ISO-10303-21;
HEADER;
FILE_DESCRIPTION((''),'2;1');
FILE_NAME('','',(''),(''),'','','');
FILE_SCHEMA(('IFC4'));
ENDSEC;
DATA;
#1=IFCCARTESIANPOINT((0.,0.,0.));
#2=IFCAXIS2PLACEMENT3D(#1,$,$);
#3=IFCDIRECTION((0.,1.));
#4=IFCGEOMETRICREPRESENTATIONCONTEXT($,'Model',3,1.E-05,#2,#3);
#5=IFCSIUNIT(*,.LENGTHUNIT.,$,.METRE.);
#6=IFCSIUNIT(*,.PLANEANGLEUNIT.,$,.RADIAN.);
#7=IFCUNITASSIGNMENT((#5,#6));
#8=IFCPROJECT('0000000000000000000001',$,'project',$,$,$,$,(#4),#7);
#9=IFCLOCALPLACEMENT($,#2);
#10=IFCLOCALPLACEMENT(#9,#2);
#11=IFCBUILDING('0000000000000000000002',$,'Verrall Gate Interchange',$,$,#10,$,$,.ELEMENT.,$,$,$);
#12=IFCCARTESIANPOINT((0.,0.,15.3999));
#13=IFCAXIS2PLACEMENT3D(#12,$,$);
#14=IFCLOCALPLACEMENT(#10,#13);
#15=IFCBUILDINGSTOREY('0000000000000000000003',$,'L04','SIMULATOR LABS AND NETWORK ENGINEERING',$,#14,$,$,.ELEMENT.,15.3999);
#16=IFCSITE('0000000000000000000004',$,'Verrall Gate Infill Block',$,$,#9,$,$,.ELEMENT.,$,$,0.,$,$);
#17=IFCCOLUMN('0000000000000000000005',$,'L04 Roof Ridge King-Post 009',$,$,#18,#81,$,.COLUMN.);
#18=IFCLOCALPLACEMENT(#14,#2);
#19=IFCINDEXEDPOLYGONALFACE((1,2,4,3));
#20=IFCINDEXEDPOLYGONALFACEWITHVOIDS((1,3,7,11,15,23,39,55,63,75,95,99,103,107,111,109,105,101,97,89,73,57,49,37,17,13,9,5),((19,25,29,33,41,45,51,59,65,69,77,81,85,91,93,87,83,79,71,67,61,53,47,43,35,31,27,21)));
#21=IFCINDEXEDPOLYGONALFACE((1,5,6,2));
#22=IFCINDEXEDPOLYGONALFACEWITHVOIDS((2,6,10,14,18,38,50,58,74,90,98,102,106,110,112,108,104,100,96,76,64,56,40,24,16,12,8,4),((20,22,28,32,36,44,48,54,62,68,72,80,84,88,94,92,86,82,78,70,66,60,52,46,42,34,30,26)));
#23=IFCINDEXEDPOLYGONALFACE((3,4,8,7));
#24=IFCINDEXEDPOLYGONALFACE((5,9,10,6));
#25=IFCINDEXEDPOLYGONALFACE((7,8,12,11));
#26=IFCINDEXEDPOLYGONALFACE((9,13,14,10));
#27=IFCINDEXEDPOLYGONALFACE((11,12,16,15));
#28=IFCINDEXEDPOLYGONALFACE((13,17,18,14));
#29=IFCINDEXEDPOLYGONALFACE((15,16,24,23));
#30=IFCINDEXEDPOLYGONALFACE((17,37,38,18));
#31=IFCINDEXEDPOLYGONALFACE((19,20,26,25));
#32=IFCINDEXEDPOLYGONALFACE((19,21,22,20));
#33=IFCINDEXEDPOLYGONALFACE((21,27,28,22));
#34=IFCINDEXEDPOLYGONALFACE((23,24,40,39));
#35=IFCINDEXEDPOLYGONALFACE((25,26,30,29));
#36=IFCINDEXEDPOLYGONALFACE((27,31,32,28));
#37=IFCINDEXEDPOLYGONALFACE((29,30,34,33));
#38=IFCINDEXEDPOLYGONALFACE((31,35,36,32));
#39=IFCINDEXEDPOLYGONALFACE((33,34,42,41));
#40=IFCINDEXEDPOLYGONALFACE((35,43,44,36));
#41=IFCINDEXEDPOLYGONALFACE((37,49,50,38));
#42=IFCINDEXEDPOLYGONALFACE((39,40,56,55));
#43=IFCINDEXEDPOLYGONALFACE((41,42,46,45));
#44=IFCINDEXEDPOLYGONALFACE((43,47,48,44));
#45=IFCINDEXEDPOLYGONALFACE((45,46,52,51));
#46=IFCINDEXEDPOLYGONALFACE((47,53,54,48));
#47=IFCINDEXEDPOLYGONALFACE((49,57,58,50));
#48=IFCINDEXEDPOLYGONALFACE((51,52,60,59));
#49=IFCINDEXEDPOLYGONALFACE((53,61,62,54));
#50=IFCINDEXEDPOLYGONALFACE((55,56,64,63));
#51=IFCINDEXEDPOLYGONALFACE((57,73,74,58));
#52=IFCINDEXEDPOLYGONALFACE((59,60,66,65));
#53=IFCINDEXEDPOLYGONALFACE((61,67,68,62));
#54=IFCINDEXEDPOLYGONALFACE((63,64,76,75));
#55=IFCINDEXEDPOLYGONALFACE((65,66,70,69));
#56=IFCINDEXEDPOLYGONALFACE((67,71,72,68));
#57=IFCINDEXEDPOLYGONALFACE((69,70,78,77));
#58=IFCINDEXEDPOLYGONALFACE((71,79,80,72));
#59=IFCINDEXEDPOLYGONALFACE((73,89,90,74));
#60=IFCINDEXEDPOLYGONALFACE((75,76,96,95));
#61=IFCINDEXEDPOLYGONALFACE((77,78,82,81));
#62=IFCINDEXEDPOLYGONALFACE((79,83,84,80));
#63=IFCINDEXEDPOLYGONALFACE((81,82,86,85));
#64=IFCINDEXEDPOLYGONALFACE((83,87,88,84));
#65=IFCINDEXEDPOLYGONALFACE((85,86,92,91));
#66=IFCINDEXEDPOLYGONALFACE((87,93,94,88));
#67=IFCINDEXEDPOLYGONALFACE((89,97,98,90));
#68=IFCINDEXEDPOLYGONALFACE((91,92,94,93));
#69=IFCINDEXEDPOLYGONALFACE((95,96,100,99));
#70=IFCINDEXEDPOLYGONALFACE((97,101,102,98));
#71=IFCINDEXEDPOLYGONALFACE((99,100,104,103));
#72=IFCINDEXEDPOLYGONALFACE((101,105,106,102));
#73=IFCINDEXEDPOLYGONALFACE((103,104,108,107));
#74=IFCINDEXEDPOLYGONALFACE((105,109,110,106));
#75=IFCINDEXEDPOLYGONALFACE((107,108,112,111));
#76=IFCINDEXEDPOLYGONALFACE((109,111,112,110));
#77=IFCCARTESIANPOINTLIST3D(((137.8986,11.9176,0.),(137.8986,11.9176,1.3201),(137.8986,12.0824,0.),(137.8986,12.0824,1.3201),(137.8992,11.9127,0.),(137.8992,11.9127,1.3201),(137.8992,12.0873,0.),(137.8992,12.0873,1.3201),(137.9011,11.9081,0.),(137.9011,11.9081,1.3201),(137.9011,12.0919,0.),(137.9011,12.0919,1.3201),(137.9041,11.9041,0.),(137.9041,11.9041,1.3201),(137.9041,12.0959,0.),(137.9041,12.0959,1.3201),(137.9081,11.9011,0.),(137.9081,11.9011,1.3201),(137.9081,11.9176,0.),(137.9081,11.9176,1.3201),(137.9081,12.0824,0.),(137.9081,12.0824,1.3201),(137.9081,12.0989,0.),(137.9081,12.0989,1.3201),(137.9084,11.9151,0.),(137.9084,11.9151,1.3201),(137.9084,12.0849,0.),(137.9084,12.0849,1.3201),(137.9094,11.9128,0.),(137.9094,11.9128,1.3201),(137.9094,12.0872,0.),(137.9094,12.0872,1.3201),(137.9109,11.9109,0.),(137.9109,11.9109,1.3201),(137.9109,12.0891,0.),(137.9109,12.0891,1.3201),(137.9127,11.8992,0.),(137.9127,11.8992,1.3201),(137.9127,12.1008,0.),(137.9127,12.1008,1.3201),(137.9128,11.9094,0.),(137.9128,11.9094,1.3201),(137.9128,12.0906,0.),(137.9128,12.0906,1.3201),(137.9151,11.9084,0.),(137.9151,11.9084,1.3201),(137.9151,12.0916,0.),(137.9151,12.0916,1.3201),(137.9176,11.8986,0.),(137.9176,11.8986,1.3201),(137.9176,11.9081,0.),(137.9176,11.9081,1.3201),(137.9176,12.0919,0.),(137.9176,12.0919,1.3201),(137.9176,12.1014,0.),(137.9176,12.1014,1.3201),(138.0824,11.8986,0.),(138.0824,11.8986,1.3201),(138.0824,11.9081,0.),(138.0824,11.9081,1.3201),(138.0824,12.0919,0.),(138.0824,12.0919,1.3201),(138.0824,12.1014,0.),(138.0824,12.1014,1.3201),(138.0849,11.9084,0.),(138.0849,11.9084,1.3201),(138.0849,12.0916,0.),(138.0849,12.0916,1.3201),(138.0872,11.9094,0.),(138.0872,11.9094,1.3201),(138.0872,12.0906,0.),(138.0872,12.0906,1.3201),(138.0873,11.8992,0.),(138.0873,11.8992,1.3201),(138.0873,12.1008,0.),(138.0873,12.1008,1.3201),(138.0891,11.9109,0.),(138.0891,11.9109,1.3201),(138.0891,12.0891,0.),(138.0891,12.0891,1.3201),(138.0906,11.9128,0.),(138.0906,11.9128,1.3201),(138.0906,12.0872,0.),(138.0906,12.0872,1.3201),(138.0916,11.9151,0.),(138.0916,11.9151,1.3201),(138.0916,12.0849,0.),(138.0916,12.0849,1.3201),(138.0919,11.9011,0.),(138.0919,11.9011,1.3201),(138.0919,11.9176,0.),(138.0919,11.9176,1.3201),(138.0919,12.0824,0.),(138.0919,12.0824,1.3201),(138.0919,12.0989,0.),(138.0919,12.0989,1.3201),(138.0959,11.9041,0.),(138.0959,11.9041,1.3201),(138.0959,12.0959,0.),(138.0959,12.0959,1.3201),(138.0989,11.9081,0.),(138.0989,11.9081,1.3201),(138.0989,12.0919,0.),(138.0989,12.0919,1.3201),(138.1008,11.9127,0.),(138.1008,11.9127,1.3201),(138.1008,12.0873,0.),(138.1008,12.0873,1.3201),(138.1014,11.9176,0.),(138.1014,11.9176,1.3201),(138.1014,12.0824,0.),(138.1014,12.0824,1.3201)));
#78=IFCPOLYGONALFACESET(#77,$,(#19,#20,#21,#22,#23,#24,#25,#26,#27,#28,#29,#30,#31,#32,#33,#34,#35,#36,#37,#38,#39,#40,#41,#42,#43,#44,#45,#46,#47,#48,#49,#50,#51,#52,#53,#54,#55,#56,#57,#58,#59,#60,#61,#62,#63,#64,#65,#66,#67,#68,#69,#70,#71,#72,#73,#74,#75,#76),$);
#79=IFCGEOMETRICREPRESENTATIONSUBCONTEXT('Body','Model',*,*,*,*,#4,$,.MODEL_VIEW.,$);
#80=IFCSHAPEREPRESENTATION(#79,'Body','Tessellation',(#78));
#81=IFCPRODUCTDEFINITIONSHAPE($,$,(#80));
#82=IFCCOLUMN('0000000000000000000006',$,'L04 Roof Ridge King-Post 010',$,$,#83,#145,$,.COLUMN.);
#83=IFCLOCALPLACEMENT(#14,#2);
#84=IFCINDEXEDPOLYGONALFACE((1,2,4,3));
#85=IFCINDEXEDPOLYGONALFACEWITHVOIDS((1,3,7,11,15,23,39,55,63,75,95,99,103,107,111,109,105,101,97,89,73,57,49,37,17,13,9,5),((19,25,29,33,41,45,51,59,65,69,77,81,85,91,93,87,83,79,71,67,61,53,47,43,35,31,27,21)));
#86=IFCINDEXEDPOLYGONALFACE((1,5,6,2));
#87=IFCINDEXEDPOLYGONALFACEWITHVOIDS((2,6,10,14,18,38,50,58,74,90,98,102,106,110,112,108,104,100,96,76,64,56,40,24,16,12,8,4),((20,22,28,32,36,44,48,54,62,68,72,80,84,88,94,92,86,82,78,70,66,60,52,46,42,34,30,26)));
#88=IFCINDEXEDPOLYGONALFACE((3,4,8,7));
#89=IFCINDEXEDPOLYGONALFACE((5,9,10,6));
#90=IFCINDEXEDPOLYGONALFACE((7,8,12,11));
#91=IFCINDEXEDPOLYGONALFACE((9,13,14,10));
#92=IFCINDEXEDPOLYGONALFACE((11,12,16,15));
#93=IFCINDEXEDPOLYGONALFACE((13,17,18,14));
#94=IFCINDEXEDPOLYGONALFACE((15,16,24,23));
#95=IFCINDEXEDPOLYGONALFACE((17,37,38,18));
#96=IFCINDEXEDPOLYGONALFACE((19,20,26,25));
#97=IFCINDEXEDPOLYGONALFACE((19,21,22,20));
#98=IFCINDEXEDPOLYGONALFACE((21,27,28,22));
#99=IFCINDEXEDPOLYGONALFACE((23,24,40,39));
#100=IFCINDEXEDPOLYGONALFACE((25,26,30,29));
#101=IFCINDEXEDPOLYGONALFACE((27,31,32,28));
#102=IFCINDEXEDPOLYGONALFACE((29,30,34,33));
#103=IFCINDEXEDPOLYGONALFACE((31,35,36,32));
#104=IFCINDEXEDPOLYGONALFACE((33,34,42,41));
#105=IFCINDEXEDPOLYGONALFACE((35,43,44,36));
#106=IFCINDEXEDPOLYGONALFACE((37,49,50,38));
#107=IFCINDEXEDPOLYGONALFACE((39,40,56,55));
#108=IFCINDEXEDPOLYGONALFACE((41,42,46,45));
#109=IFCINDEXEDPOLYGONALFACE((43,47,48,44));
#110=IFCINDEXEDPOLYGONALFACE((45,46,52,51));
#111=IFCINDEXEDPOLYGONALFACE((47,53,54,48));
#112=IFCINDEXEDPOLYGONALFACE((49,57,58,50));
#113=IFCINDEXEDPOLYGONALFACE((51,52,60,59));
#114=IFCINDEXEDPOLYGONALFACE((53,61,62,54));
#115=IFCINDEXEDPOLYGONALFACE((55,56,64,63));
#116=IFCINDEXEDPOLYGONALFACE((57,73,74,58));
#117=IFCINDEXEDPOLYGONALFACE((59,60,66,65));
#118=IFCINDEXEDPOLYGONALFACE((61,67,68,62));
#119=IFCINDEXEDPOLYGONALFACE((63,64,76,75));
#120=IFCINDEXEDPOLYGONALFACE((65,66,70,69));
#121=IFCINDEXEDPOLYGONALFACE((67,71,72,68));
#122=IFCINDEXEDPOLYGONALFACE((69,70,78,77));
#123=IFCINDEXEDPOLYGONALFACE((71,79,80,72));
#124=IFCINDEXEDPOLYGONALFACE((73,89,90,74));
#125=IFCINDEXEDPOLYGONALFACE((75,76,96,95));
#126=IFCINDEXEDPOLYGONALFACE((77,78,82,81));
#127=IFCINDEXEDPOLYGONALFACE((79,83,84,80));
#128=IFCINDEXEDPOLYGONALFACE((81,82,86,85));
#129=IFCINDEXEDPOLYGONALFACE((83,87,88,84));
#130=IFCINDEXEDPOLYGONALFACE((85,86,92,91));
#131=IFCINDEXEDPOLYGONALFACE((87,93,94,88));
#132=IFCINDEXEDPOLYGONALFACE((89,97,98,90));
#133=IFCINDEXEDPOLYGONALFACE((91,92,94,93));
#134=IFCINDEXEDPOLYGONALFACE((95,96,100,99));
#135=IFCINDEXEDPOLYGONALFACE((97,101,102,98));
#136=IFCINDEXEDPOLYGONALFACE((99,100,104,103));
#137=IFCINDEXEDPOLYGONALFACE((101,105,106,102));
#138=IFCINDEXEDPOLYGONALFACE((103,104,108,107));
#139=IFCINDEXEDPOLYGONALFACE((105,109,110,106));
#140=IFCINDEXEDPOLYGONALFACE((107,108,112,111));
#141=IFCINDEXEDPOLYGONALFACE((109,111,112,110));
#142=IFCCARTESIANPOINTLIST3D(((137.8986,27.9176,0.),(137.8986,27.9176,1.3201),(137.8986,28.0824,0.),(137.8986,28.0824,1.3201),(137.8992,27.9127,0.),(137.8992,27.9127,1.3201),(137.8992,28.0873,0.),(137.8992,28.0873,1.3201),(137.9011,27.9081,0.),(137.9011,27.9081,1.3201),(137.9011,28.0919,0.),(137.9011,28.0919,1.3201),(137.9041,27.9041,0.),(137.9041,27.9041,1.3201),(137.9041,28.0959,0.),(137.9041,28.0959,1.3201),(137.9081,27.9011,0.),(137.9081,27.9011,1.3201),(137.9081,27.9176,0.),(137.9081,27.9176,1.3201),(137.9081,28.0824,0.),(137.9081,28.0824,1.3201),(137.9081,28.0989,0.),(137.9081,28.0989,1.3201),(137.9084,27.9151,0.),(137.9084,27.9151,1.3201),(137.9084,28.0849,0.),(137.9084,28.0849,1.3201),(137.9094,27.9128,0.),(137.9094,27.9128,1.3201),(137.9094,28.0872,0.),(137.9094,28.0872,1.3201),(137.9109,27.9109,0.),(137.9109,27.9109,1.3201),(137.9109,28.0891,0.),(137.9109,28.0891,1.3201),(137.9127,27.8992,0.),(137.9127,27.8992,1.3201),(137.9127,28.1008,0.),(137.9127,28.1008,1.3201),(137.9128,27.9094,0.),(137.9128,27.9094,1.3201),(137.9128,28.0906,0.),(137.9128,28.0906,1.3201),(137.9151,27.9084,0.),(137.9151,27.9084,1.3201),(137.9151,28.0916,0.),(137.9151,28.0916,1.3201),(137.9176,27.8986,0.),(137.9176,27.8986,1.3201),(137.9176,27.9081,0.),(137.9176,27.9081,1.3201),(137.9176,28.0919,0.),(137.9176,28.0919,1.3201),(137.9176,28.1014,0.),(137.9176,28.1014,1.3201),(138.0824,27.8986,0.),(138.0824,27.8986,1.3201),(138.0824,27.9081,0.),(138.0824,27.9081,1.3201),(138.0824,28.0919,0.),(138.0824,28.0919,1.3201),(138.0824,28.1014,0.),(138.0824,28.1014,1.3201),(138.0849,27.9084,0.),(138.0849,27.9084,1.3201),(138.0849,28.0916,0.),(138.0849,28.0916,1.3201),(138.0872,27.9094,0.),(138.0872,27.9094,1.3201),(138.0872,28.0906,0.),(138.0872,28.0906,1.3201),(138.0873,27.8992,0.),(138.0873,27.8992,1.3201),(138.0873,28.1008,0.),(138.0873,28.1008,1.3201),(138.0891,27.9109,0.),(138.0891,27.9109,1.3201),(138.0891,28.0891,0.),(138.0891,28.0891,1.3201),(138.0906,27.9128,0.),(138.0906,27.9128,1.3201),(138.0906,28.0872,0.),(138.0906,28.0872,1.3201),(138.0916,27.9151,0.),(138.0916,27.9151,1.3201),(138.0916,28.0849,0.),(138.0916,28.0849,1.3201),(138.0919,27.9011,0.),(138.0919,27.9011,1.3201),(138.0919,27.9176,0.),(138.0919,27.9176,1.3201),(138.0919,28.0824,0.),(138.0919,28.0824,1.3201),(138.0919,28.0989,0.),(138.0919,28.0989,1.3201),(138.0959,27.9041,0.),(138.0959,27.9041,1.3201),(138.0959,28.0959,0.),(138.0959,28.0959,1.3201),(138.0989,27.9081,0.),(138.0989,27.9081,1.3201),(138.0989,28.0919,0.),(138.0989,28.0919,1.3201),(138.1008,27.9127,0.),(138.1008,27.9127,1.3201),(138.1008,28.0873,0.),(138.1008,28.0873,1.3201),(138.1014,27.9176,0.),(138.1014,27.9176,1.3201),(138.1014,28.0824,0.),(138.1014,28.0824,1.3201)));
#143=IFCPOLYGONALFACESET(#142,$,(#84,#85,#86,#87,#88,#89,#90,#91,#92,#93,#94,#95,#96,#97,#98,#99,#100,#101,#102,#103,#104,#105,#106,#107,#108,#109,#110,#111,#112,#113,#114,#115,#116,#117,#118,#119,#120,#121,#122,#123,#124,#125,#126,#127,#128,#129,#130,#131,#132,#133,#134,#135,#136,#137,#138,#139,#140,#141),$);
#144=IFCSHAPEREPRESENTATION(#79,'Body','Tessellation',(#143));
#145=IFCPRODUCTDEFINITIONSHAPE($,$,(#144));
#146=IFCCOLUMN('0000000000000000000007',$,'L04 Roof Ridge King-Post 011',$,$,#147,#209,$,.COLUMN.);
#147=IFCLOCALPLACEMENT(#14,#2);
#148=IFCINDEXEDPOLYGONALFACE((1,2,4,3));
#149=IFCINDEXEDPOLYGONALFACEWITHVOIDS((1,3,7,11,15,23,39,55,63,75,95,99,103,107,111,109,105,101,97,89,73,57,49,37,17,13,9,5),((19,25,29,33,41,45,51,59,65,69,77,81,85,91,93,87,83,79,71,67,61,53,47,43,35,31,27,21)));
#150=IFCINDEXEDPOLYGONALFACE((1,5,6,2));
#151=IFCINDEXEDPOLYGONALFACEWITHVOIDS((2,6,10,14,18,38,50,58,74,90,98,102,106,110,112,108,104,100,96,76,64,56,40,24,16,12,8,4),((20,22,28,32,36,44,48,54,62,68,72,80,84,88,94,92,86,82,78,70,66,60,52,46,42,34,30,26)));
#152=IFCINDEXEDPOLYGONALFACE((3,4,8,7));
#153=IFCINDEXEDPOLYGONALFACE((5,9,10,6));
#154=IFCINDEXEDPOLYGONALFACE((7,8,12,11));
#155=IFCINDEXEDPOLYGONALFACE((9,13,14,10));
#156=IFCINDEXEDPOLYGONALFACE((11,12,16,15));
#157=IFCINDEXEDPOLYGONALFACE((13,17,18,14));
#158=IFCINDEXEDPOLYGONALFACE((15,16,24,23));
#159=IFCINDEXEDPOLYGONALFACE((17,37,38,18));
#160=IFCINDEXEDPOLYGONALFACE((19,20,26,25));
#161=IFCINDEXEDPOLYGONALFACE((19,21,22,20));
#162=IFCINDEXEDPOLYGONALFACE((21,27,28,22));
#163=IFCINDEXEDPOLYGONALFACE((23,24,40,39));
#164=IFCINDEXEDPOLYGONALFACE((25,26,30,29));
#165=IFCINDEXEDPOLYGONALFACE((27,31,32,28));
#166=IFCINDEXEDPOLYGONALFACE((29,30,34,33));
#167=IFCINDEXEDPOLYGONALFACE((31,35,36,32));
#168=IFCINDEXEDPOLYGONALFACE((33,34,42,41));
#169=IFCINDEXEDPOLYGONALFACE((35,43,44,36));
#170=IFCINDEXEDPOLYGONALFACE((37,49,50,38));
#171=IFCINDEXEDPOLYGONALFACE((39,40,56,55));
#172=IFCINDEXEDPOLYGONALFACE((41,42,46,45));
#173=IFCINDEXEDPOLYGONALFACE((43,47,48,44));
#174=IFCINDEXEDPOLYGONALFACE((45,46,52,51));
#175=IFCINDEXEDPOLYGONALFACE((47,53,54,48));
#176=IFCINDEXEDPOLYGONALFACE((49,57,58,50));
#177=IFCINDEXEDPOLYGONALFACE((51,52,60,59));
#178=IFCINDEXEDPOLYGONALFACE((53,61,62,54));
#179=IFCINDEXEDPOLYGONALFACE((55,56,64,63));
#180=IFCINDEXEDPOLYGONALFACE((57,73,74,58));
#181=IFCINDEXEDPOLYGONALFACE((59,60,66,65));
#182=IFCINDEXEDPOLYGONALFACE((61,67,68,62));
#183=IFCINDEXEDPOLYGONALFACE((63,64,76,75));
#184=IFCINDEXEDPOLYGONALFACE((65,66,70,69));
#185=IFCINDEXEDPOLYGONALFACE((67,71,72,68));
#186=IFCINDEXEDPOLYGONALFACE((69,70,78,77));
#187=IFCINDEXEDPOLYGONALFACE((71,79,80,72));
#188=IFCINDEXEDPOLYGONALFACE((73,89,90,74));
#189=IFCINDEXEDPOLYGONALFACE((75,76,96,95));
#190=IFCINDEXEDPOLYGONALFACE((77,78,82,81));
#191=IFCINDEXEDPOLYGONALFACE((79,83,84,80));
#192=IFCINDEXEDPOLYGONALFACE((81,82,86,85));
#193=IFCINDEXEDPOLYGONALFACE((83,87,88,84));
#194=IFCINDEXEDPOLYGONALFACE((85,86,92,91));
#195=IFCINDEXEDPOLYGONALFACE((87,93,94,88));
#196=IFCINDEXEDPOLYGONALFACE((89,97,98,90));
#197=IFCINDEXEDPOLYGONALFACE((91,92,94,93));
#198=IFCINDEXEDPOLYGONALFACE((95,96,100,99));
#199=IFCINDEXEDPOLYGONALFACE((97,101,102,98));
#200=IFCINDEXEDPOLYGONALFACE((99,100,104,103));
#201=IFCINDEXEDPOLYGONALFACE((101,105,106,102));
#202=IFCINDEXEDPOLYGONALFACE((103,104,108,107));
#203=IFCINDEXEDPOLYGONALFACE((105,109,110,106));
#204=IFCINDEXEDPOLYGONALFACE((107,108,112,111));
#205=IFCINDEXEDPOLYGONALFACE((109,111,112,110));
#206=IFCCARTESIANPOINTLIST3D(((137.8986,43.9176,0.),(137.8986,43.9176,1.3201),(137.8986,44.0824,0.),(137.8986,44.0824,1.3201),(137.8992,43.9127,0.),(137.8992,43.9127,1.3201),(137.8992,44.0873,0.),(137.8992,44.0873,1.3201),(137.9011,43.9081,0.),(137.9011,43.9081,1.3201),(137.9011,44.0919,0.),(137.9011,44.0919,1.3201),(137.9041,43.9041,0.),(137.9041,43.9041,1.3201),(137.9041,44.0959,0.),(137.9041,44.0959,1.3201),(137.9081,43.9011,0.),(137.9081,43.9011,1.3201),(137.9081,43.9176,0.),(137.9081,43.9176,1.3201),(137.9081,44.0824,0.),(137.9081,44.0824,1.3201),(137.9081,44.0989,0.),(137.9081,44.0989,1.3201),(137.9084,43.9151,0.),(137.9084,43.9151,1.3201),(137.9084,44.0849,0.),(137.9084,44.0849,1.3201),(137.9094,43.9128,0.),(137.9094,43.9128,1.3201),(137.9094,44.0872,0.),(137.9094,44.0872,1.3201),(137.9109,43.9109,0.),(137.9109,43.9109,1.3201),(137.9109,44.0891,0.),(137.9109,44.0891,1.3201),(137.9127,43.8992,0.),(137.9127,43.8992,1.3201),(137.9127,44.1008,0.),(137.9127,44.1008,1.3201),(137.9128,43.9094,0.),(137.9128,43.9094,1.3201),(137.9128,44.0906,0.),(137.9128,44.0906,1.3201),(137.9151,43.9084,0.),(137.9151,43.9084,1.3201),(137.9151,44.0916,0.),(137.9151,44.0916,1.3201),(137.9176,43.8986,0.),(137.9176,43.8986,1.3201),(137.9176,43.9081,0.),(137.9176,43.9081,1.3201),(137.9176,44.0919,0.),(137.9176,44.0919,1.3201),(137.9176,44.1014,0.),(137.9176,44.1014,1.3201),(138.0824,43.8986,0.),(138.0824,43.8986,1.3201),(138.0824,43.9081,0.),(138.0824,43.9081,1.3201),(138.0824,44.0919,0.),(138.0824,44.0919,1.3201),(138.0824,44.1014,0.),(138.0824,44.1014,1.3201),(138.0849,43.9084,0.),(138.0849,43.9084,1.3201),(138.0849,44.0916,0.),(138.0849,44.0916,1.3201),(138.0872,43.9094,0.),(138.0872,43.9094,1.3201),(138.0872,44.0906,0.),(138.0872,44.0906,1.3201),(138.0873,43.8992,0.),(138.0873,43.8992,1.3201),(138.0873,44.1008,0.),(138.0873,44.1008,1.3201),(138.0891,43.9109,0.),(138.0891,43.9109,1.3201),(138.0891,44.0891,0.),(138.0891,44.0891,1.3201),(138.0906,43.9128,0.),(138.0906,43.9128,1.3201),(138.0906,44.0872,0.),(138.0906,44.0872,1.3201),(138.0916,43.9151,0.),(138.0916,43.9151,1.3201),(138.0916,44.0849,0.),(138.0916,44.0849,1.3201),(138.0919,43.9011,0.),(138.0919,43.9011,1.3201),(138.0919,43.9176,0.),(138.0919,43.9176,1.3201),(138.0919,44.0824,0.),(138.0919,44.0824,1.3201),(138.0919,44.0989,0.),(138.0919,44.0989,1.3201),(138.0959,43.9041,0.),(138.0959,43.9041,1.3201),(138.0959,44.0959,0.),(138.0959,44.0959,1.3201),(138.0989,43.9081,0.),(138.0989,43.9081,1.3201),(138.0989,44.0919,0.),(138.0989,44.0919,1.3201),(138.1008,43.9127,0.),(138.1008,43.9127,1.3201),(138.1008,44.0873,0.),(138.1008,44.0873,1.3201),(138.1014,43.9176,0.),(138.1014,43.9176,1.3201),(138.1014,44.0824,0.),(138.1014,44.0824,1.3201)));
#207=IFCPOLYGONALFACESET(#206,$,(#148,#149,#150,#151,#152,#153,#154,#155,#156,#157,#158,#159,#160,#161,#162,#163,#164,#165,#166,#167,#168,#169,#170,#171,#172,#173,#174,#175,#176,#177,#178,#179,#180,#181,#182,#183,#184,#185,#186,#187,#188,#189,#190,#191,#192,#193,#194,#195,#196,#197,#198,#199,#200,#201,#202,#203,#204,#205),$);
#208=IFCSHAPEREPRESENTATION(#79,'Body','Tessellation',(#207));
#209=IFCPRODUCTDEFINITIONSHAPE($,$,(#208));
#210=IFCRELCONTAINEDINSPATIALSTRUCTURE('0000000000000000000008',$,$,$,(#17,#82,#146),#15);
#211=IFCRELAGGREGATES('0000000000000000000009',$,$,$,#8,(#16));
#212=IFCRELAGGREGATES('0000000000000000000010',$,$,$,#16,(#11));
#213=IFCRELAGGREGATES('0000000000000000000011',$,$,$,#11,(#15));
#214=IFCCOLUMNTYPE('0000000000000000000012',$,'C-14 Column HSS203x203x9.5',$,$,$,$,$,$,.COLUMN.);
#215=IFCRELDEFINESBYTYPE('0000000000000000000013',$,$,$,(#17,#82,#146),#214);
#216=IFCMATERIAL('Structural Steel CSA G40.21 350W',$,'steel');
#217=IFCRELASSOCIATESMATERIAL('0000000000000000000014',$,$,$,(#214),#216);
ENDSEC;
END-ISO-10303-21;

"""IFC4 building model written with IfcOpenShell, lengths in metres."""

from ifc_helpers import new_model, si_unit, direction, frame, origin, origin_2d, place, context, subcontext, project, spatial, hollow_rectangle, extrude, material, material_profile, profile_set, type_object, element, save


model = new_model("IFC4")

# Units and contexts
model_context = context("Model", 3, precision=1e-05, world=origin(), true_north=direction((0.0, 1.0)))
body_context = subcontext(model_context, "Body", "Model", "MODEL_VIEW")
ifc_project = project(units=[si_unit("LENGTHUNIT", "METRE"), si_unit("PLANEANGLEUNIT", "RADIAN")], contexts=[model_context])

# Site, building, storey
site_placement = place(None, origin())
site = spatial("IfcSite", under=ifc_project, at=site_placement, Name="Verrall Gate Infill Block", CompositionType="ELEMENT", RefElevation=0.0)
building_placement = place(site_placement, origin())
building = spatial("IfcBuilding", under=site, at=building_placement, Name="Verrall Gate Interchange", CompositionType="ELEMENT")
storey_placement = place(building_placement, frame((0.0, 0.0, 15.3999)))
storey = spatial("IfcBuildingStorey", under=building, at=storey_placement, Name="L04", Description="SIMULATOR LABS AND NETWORK ENGINEERING", CompositionType="ELEMENT", Elevation=15.3999)

# Columns
ifc_material_1 = material(Name="Structural Steel CSA G40.21 350W", Category="steel")
ifc_material_profile_1 = material_profile(ifc_material_1, hollow_rectangle(XDim=0.2029, YDim=0.2029, WallThickness=0.0095, InnerFilletRadius=0.0095, OuterFilletRadius=0.019, at=origin_2d()), Name="HSS203x203x9.5")
ifc_profile_set_1 = profile_set([ifc_material_profile_1], Name="Structural Steel CSA G40.21 350W")
column_type = type_object("IfcColumnType", Name="C-14 Column HSS203x203x9.5", PredefinedType="COLUMN", material=ifc_profile_set_1)
for number, where, z_axis, x_axis, name in (
    (1, (138.0, 12.0, 0.0), (0.0, 0.0, 1.0), (1.0, 0.0, 0.0), "L04 Roof Ridge King-Post 009"),
    (2, (138.0, 28.0, 0.0), (0.0, 0.0, 1.0), (1.0, 0.0, 0.0), "L04 Roof Ridge King-Post 010"),
    (3, (138.0, 44.0, 0.0), (0.0, 0.0, 1.0), (1.0, 0.0, 0.0), "L04 Roof Ridge King-Post 011"),
):
    element("IfcColumn", number, at=place(storey_placement, frame(where, z_axis=z_axis, x_axis=x_axis)), inside=storey, type_object=column_type, Name=name, PredefinedType="COLUMN", context=body_context, shape_type="SweptSolid", body=[
        extrude(hollow_rectangle(XDim=0.2029, YDim=0.2029, WallThickness=0.0095, InnerFilletRadius=0.0095, OuterFilletRadius=0.019, at=origin_2d()), origin(), (0.0, 0.0, 1.0), 1.3201),
    ])

save(model, "model.ifc")
